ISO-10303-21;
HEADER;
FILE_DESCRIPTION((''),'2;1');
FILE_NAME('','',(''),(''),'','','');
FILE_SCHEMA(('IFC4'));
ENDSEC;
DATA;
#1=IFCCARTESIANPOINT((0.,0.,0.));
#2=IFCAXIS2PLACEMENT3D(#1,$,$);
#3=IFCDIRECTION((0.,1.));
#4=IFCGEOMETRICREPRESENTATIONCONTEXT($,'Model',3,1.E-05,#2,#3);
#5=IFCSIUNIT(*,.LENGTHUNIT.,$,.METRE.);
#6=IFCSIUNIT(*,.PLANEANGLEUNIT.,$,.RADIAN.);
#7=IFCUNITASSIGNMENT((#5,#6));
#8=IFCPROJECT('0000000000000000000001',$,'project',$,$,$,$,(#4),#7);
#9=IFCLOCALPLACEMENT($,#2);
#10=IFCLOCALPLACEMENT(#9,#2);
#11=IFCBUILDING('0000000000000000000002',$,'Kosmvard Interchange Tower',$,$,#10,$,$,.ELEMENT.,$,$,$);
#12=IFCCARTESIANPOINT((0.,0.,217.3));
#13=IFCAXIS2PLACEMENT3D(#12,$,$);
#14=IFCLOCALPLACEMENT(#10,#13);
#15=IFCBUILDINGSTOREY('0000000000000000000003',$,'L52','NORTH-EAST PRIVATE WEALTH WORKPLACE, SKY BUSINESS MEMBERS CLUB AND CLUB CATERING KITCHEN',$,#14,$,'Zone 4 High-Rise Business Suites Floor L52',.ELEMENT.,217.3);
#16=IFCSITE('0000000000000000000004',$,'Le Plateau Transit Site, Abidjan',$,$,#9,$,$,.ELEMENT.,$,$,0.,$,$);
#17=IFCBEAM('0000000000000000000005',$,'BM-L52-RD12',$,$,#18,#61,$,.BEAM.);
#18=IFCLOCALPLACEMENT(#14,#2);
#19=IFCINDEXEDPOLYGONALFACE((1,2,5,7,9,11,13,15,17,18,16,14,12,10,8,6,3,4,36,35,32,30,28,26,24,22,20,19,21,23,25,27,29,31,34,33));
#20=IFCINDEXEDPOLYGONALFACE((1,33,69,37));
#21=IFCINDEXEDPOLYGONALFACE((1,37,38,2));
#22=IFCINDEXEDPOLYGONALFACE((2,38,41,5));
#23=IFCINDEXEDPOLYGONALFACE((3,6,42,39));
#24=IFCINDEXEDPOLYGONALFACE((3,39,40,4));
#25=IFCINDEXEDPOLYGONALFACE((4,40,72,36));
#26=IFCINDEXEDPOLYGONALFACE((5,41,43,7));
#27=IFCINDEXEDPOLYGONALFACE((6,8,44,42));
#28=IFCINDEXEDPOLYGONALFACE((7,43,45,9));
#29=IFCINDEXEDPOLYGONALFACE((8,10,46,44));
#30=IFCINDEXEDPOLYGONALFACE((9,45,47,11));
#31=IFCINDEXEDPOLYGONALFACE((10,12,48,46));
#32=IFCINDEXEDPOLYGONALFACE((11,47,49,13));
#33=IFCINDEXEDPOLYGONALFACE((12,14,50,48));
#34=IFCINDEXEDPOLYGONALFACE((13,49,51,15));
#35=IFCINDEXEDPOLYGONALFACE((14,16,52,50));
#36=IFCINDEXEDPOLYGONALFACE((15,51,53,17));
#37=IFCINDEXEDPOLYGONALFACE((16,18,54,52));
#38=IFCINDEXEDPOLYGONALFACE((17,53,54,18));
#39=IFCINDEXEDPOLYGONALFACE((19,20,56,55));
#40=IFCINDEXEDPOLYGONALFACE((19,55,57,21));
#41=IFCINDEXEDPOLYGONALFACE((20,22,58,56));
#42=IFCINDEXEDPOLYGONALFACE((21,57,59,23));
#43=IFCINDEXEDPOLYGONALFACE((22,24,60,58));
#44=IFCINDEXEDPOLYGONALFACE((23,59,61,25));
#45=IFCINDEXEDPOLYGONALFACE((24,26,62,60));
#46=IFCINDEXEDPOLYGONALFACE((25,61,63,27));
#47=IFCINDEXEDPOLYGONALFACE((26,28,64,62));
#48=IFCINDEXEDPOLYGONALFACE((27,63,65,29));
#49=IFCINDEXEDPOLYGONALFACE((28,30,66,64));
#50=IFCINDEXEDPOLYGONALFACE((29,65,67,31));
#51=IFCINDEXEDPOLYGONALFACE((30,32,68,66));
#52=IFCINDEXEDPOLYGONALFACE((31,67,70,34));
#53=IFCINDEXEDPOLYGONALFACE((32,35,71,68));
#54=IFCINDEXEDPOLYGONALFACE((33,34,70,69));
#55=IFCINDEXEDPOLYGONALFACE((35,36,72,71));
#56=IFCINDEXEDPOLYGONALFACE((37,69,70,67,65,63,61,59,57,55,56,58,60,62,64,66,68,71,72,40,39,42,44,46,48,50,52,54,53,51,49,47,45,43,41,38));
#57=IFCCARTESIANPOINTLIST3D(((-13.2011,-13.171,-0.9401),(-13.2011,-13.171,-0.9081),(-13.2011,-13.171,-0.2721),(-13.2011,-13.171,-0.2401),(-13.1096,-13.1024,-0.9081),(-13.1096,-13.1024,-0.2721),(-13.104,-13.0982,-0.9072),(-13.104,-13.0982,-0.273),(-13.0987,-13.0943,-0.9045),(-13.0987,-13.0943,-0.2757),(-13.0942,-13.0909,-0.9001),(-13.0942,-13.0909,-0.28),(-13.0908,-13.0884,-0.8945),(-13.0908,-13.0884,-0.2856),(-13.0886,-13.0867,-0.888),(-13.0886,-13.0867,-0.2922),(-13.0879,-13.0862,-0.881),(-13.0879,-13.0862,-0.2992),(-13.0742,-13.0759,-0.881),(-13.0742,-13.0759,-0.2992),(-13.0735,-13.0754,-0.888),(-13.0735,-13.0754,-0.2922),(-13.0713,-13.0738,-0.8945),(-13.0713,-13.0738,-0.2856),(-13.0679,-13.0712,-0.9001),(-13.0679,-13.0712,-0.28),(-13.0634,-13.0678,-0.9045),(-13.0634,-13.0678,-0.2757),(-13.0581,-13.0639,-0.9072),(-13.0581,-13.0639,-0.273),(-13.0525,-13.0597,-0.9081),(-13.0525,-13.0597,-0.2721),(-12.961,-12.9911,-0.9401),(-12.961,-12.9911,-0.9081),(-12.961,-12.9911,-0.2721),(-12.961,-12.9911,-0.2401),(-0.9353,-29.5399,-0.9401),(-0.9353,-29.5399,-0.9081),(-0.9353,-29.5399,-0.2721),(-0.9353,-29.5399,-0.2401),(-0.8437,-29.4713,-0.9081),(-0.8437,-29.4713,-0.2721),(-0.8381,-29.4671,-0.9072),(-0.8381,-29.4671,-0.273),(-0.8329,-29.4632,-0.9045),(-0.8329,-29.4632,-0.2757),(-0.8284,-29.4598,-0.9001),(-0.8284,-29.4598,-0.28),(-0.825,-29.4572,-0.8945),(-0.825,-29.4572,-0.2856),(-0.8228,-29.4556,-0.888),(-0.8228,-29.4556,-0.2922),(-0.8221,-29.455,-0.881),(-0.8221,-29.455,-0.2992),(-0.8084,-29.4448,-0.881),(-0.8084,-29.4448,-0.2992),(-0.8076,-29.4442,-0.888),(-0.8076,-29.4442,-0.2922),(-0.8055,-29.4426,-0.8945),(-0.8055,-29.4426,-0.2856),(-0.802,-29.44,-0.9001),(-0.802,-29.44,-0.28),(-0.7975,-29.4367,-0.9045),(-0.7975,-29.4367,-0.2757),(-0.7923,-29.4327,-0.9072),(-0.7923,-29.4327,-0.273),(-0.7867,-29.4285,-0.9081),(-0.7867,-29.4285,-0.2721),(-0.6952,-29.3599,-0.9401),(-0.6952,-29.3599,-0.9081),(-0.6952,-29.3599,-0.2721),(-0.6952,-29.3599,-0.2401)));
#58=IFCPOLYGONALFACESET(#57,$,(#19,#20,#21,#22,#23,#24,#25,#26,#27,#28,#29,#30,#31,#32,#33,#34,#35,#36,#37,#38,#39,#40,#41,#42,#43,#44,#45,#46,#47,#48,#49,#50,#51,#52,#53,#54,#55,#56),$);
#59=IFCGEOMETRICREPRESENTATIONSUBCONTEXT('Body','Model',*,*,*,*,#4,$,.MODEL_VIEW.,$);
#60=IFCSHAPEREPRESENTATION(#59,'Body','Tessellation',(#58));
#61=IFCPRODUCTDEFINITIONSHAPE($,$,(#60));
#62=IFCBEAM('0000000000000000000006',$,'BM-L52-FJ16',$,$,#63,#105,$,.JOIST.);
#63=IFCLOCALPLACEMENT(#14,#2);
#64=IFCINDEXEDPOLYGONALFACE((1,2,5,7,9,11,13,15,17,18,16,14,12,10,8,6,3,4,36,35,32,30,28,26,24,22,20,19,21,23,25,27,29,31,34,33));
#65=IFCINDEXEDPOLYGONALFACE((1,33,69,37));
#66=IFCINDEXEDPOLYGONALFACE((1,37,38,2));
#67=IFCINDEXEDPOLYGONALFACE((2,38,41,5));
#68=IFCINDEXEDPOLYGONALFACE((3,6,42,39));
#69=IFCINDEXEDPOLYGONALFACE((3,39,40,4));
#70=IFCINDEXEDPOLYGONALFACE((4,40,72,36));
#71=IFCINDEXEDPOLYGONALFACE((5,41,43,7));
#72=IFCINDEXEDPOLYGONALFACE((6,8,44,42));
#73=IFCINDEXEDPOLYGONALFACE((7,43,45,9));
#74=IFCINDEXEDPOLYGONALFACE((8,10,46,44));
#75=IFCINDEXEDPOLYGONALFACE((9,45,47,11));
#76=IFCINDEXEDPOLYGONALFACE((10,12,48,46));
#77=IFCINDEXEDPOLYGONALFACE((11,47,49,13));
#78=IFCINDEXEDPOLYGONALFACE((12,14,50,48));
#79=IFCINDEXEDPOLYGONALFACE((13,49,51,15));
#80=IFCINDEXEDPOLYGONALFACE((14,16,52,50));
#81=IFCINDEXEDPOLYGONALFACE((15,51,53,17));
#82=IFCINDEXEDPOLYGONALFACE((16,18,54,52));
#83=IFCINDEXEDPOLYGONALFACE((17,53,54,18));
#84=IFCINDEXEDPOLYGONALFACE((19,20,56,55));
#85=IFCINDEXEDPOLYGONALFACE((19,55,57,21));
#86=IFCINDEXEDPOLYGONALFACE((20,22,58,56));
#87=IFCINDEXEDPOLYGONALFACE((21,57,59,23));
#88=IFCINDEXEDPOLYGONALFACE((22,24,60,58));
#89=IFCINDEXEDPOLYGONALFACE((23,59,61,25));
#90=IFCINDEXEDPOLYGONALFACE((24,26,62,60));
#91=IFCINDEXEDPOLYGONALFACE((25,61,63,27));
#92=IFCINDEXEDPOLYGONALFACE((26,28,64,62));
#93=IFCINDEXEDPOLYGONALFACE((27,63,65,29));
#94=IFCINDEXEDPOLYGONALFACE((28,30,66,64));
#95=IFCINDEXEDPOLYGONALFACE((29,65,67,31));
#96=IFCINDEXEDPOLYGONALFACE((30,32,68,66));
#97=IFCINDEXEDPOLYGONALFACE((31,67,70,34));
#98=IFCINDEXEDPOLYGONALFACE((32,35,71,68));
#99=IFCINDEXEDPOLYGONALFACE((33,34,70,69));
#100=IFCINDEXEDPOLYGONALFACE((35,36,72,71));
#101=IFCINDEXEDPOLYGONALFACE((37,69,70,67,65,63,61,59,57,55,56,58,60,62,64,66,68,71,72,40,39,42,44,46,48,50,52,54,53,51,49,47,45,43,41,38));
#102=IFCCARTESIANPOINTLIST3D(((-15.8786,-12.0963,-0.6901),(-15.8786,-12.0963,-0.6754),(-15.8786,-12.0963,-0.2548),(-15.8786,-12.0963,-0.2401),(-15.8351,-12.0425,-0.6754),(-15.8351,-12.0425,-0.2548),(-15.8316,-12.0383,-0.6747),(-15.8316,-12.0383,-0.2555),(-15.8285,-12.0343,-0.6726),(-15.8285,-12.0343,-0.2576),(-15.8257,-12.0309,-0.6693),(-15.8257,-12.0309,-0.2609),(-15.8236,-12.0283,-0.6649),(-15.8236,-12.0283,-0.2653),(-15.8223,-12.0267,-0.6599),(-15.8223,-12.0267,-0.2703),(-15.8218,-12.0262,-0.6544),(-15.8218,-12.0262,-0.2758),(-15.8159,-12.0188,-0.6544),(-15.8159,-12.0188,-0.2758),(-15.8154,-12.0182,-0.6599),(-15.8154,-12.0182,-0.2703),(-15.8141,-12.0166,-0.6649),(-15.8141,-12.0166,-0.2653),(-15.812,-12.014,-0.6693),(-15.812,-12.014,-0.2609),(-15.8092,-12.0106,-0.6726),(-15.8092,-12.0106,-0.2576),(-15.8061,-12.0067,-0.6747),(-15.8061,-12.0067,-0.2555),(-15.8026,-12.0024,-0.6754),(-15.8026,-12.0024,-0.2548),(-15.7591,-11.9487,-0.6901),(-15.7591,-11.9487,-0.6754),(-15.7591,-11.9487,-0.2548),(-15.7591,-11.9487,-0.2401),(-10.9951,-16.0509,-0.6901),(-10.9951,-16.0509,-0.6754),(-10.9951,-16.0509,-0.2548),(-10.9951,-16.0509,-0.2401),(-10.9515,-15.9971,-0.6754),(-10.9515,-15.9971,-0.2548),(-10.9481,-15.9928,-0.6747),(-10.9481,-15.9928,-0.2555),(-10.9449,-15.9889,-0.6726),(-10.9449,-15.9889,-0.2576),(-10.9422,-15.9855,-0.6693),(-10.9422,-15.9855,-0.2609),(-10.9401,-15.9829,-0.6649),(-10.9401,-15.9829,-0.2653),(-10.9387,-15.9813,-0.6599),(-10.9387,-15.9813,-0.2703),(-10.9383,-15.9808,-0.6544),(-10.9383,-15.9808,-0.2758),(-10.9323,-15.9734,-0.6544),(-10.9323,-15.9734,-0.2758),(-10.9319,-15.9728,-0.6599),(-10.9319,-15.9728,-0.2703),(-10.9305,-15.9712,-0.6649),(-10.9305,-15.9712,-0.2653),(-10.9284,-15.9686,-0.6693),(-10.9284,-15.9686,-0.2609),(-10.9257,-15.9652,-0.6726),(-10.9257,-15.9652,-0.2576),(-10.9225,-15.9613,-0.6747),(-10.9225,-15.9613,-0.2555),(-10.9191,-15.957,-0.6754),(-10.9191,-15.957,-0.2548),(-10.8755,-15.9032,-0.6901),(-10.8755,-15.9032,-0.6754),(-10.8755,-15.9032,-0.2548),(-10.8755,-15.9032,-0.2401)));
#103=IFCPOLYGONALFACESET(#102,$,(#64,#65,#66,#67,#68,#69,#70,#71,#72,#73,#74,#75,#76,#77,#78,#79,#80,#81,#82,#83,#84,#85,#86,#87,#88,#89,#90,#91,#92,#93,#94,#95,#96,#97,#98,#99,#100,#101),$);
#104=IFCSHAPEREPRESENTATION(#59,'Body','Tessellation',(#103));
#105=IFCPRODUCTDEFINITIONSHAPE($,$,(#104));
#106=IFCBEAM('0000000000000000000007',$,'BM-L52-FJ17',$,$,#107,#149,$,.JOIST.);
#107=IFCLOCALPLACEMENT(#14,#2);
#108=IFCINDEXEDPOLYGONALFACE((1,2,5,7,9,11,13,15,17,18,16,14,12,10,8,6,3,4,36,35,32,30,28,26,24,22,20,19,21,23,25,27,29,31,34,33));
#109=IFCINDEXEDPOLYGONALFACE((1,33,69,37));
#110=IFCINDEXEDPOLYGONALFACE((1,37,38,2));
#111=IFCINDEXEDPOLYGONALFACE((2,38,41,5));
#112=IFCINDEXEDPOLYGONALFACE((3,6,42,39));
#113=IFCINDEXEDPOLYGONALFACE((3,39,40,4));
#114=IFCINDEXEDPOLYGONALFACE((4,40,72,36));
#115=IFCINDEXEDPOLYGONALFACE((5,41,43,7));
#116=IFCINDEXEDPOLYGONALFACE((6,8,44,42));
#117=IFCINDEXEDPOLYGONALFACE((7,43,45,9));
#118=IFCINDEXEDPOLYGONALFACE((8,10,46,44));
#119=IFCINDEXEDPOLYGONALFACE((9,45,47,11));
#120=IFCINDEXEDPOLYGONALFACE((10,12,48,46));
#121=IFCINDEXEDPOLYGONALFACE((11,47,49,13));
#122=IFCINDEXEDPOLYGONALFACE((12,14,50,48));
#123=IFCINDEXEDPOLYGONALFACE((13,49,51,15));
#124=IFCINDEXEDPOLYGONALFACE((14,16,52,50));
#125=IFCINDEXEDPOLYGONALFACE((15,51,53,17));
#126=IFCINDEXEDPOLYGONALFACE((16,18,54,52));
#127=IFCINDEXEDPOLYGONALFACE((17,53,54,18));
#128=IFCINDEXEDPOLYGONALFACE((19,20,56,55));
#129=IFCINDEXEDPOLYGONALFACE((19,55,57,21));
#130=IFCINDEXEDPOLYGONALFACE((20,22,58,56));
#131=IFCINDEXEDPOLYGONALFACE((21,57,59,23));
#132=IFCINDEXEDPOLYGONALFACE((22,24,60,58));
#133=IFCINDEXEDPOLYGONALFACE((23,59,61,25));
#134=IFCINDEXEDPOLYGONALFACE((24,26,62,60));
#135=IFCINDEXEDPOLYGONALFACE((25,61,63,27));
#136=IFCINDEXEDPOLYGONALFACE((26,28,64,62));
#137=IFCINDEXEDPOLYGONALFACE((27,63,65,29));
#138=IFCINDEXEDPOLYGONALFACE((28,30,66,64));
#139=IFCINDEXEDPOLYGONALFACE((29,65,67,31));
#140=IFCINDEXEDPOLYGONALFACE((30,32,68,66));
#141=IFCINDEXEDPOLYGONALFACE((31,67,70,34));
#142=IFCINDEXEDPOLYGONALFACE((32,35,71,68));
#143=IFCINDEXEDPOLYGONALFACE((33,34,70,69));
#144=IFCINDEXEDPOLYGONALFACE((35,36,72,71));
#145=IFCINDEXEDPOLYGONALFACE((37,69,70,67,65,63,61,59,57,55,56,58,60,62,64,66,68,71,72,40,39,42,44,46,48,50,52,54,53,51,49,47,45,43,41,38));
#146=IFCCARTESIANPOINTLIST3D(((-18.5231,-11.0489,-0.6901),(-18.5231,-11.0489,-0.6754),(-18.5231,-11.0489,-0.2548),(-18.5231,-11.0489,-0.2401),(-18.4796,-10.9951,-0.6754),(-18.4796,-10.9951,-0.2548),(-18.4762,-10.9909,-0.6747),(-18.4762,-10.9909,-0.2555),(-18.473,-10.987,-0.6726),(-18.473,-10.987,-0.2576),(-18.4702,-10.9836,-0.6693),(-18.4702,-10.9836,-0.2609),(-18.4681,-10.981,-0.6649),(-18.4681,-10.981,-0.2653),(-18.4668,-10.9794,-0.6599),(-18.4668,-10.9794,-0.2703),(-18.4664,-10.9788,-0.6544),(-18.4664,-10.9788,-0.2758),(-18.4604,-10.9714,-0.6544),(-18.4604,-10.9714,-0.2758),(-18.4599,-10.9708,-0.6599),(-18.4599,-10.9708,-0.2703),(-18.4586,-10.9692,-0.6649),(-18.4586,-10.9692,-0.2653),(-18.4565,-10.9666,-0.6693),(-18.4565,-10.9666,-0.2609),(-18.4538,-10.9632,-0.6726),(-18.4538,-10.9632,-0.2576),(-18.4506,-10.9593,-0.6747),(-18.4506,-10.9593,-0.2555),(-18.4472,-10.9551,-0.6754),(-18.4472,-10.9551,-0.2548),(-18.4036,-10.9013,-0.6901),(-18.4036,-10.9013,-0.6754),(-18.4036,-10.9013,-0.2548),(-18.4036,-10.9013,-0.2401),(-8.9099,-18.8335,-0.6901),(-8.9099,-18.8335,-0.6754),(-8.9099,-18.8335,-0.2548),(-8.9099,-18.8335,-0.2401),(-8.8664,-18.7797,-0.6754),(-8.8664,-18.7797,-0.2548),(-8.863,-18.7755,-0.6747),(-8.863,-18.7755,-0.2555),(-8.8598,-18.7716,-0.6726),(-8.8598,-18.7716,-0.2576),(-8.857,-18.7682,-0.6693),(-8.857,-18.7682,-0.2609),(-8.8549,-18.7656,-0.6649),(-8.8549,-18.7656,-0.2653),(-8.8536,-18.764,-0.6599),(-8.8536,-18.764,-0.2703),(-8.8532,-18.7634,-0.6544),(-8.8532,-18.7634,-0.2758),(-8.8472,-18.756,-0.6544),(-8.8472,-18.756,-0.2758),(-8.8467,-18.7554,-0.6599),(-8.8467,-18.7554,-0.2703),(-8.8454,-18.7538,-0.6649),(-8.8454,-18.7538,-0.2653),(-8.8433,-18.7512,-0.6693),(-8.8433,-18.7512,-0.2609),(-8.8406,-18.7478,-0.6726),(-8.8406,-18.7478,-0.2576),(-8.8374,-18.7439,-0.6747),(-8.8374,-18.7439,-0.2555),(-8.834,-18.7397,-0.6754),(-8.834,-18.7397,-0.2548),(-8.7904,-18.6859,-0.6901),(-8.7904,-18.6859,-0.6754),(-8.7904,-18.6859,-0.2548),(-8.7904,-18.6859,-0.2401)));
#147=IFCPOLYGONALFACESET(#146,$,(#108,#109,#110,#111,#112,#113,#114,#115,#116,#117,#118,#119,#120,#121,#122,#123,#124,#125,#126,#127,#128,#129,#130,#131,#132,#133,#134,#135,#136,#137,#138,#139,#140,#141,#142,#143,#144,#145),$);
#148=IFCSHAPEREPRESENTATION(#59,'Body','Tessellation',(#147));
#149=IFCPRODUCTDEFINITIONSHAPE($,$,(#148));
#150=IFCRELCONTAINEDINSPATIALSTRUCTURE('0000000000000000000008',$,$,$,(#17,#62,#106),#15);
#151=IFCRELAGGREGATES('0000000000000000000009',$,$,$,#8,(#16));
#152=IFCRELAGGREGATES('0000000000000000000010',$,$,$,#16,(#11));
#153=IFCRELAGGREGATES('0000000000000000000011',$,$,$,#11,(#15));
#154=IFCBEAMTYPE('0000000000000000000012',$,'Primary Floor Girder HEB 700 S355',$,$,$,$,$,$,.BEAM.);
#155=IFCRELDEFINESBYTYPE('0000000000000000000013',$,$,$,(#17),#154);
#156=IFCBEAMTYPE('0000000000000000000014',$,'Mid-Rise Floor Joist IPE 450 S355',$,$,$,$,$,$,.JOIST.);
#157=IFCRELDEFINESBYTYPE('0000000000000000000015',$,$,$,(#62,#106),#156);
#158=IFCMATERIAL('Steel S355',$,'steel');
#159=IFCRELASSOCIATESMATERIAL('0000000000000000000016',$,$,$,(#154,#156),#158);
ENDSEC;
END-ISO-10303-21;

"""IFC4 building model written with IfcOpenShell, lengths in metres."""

from ifc_helpers import new_model, si_unit, direction, frame, origin, origin_2d, place, context, subcontext, project, spatial, i_section, extrude, source, transform, mapped, material, material_profile, profile_set, type_object, element, save


model = new_model("IFC4")

# Units and contexts
model_context = context("Model", 3, precision=1e-05, world=origin(), true_north=direction((0.0, 1.0)))
body_context = subcontext(model_context, "Body", "Model", "MODEL_VIEW")
ifc_project = project(units=[si_unit("LENGTHUNIT", "METRE"), si_unit("PLANEANGLEUNIT", "RADIAN")], contexts=[model_context])

# Site, building, storey
site_placement = place(None, origin())
site = spatial("IfcSite", under=ifc_project, at=site_placement, Name="Le Plateau Transit Site, Abidjan", CompositionType="ELEMENT", RefElevation=0.0)
building_placement = place(site_placement, origin())
building = spatial("IfcBuilding", under=site, at=building_placement, Name="Kosmvard Interchange Tower", CompositionType="ELEMENT")
storey_placement = place(building_placement, frame((0.0, 0.0, 217.3)))
storey = spatial("IfcBuildingStorey", under=building, at=storey_placement, Name="L52", Description="NORTH-EAST PRIVATE WEALTH WORKPLACE, SKY BUSINESS MEMBERS CLUB AND CLUB CATERING KITCHEN", LongName="Zone 4 High-Rise Business Suites Floor L52", CompositionType="ELEMENT", Elevation=217.3)

# Beams
ifc_material_1 = material(Name="Steel S355", Category="steel")
ifc_material_profile_1 = material_profile(ifc_material_1, i_section(OverallWidth=0.3, OverallDepth=0.7, WebThickness=0.0171, FlangeThickness=0.032, FilletRadius=0.0271, at=origin_2d()), Name="HEB 700")
ifc_profile_set_1 = profile_set([ifc_material_profile_1], Name="Steel S355")
beam_type_1 = type_object("IfcBeamType", Name="Primary Floor Girder HEB 700 S355", PredefinedType="BEAM", material=ifc_profile_set_1)
shared_shape_1 = source(origin(), body_context, "Body", "SweptSolid", [
    extrude(i_section(OverallWidth=0.3, OverallDepth=0.7, WebThickness=0.0171, FlangeThickness=0.032, FilletRadius=0.0271, at=origin_2d()), origin(), (0.0, 0.0, 1.0), 20.4546),
])
beam_1_placement = place(storey_placement, frame((-13.0811, -13.0811, -0.5901), z_axis=(0.599662, -0.800253, 0.0), x_axis=(0.800253, 0.599662, 0.0)))
element("IfcBeam", 1, at=beam_1_placement, inside=storey, type_object=beam_type_1, Name="BM-L52-RD12", PredefinedType="BEAM", context=body_context, shape_type="MappedRepresentation", body=[
    mapped(shared_shape_1, transform((0.0, 0.0, 0.0), scale=1.0)),
])
ifc_material_profile_2 = material_profile(ifc_material_1, i_section(OverallWidth=0.1899, OverallDepth=0.45, WebThickness=0.0095, FlangeThickness=0.0146, FilletRadius=0.021, at=origin_2d()), Name="IPE 450")
ifc_profile_set_2 = profile_set([ifc_material_profile_2], Name="Steel S355")
beam_type_2 = type_object("IfcBeamType", Name="Mid-Rise Floor Joist IPE 450 S355", PredefinedType="JOIST", material=ifc_profile_set_2)
shared_shape_2 = source(origin(), body_context, "Body", "SweptSolid", [
    extrude(i_section(OverallWidth=0.1899, OverallDepth=0.45, WebThickness=0.0095, FlangeThickness=0.0146, FilletRadius=0.021, at=origin_2d()), origin(), (0.0, 0.0, 1.0), 6.2839),
])
beam_2_placement = place(storey_placement, frame((-15.8188, -12.0225, -0.4651), z_axis=(0.777148, -0.629318, 0.0), x_axis=(0.629318, 0.777148, 0.0)))
element("IfcBeam", 2, at=beam_2_placement, inside=storey, type_object=beam_type_2, Name="BM-L52-FJ16", PredefinedType="JOIST", context=body_context, shape_type="MappedRepresentation", body=[
    mapped(shared_shape_2, transform((0.0, 0.0, 0.0), scale=1.0)),
])
shared_shape_3 = source(origin(), body_context, "Body", "SweptSolid", [
    extrude(i_section(OverallWidth=0.1899, OverallDepth=0.45, WebThickness=0.0095, FlangeThickness=0.0146, FilletRadius=0.021, at=origin_2d()), origin(), (0.0, 0.0, 1.0), 12.3699),
])
beam_3_placement = place(storey_placement, frame((-18.4634, -10.9751, -0.4651), z_axis=(0.777147, -0.62932, 0.0), x_axis=(0.62932, 0.777147, 0.0)))
element("IfcBeam", 3, at=beam_3_placement, inside=storey, type_object=beam_type_2, Name="BM-L52-FJ17", PredefinedType="JOIST", context=body_context, shape_type="MappedRepresentation", body=[
    mapped(shared_shape_3, transform((0.0, 0.0, 0.0), scale=1.0)),
])

save(model, "model.ifc")
